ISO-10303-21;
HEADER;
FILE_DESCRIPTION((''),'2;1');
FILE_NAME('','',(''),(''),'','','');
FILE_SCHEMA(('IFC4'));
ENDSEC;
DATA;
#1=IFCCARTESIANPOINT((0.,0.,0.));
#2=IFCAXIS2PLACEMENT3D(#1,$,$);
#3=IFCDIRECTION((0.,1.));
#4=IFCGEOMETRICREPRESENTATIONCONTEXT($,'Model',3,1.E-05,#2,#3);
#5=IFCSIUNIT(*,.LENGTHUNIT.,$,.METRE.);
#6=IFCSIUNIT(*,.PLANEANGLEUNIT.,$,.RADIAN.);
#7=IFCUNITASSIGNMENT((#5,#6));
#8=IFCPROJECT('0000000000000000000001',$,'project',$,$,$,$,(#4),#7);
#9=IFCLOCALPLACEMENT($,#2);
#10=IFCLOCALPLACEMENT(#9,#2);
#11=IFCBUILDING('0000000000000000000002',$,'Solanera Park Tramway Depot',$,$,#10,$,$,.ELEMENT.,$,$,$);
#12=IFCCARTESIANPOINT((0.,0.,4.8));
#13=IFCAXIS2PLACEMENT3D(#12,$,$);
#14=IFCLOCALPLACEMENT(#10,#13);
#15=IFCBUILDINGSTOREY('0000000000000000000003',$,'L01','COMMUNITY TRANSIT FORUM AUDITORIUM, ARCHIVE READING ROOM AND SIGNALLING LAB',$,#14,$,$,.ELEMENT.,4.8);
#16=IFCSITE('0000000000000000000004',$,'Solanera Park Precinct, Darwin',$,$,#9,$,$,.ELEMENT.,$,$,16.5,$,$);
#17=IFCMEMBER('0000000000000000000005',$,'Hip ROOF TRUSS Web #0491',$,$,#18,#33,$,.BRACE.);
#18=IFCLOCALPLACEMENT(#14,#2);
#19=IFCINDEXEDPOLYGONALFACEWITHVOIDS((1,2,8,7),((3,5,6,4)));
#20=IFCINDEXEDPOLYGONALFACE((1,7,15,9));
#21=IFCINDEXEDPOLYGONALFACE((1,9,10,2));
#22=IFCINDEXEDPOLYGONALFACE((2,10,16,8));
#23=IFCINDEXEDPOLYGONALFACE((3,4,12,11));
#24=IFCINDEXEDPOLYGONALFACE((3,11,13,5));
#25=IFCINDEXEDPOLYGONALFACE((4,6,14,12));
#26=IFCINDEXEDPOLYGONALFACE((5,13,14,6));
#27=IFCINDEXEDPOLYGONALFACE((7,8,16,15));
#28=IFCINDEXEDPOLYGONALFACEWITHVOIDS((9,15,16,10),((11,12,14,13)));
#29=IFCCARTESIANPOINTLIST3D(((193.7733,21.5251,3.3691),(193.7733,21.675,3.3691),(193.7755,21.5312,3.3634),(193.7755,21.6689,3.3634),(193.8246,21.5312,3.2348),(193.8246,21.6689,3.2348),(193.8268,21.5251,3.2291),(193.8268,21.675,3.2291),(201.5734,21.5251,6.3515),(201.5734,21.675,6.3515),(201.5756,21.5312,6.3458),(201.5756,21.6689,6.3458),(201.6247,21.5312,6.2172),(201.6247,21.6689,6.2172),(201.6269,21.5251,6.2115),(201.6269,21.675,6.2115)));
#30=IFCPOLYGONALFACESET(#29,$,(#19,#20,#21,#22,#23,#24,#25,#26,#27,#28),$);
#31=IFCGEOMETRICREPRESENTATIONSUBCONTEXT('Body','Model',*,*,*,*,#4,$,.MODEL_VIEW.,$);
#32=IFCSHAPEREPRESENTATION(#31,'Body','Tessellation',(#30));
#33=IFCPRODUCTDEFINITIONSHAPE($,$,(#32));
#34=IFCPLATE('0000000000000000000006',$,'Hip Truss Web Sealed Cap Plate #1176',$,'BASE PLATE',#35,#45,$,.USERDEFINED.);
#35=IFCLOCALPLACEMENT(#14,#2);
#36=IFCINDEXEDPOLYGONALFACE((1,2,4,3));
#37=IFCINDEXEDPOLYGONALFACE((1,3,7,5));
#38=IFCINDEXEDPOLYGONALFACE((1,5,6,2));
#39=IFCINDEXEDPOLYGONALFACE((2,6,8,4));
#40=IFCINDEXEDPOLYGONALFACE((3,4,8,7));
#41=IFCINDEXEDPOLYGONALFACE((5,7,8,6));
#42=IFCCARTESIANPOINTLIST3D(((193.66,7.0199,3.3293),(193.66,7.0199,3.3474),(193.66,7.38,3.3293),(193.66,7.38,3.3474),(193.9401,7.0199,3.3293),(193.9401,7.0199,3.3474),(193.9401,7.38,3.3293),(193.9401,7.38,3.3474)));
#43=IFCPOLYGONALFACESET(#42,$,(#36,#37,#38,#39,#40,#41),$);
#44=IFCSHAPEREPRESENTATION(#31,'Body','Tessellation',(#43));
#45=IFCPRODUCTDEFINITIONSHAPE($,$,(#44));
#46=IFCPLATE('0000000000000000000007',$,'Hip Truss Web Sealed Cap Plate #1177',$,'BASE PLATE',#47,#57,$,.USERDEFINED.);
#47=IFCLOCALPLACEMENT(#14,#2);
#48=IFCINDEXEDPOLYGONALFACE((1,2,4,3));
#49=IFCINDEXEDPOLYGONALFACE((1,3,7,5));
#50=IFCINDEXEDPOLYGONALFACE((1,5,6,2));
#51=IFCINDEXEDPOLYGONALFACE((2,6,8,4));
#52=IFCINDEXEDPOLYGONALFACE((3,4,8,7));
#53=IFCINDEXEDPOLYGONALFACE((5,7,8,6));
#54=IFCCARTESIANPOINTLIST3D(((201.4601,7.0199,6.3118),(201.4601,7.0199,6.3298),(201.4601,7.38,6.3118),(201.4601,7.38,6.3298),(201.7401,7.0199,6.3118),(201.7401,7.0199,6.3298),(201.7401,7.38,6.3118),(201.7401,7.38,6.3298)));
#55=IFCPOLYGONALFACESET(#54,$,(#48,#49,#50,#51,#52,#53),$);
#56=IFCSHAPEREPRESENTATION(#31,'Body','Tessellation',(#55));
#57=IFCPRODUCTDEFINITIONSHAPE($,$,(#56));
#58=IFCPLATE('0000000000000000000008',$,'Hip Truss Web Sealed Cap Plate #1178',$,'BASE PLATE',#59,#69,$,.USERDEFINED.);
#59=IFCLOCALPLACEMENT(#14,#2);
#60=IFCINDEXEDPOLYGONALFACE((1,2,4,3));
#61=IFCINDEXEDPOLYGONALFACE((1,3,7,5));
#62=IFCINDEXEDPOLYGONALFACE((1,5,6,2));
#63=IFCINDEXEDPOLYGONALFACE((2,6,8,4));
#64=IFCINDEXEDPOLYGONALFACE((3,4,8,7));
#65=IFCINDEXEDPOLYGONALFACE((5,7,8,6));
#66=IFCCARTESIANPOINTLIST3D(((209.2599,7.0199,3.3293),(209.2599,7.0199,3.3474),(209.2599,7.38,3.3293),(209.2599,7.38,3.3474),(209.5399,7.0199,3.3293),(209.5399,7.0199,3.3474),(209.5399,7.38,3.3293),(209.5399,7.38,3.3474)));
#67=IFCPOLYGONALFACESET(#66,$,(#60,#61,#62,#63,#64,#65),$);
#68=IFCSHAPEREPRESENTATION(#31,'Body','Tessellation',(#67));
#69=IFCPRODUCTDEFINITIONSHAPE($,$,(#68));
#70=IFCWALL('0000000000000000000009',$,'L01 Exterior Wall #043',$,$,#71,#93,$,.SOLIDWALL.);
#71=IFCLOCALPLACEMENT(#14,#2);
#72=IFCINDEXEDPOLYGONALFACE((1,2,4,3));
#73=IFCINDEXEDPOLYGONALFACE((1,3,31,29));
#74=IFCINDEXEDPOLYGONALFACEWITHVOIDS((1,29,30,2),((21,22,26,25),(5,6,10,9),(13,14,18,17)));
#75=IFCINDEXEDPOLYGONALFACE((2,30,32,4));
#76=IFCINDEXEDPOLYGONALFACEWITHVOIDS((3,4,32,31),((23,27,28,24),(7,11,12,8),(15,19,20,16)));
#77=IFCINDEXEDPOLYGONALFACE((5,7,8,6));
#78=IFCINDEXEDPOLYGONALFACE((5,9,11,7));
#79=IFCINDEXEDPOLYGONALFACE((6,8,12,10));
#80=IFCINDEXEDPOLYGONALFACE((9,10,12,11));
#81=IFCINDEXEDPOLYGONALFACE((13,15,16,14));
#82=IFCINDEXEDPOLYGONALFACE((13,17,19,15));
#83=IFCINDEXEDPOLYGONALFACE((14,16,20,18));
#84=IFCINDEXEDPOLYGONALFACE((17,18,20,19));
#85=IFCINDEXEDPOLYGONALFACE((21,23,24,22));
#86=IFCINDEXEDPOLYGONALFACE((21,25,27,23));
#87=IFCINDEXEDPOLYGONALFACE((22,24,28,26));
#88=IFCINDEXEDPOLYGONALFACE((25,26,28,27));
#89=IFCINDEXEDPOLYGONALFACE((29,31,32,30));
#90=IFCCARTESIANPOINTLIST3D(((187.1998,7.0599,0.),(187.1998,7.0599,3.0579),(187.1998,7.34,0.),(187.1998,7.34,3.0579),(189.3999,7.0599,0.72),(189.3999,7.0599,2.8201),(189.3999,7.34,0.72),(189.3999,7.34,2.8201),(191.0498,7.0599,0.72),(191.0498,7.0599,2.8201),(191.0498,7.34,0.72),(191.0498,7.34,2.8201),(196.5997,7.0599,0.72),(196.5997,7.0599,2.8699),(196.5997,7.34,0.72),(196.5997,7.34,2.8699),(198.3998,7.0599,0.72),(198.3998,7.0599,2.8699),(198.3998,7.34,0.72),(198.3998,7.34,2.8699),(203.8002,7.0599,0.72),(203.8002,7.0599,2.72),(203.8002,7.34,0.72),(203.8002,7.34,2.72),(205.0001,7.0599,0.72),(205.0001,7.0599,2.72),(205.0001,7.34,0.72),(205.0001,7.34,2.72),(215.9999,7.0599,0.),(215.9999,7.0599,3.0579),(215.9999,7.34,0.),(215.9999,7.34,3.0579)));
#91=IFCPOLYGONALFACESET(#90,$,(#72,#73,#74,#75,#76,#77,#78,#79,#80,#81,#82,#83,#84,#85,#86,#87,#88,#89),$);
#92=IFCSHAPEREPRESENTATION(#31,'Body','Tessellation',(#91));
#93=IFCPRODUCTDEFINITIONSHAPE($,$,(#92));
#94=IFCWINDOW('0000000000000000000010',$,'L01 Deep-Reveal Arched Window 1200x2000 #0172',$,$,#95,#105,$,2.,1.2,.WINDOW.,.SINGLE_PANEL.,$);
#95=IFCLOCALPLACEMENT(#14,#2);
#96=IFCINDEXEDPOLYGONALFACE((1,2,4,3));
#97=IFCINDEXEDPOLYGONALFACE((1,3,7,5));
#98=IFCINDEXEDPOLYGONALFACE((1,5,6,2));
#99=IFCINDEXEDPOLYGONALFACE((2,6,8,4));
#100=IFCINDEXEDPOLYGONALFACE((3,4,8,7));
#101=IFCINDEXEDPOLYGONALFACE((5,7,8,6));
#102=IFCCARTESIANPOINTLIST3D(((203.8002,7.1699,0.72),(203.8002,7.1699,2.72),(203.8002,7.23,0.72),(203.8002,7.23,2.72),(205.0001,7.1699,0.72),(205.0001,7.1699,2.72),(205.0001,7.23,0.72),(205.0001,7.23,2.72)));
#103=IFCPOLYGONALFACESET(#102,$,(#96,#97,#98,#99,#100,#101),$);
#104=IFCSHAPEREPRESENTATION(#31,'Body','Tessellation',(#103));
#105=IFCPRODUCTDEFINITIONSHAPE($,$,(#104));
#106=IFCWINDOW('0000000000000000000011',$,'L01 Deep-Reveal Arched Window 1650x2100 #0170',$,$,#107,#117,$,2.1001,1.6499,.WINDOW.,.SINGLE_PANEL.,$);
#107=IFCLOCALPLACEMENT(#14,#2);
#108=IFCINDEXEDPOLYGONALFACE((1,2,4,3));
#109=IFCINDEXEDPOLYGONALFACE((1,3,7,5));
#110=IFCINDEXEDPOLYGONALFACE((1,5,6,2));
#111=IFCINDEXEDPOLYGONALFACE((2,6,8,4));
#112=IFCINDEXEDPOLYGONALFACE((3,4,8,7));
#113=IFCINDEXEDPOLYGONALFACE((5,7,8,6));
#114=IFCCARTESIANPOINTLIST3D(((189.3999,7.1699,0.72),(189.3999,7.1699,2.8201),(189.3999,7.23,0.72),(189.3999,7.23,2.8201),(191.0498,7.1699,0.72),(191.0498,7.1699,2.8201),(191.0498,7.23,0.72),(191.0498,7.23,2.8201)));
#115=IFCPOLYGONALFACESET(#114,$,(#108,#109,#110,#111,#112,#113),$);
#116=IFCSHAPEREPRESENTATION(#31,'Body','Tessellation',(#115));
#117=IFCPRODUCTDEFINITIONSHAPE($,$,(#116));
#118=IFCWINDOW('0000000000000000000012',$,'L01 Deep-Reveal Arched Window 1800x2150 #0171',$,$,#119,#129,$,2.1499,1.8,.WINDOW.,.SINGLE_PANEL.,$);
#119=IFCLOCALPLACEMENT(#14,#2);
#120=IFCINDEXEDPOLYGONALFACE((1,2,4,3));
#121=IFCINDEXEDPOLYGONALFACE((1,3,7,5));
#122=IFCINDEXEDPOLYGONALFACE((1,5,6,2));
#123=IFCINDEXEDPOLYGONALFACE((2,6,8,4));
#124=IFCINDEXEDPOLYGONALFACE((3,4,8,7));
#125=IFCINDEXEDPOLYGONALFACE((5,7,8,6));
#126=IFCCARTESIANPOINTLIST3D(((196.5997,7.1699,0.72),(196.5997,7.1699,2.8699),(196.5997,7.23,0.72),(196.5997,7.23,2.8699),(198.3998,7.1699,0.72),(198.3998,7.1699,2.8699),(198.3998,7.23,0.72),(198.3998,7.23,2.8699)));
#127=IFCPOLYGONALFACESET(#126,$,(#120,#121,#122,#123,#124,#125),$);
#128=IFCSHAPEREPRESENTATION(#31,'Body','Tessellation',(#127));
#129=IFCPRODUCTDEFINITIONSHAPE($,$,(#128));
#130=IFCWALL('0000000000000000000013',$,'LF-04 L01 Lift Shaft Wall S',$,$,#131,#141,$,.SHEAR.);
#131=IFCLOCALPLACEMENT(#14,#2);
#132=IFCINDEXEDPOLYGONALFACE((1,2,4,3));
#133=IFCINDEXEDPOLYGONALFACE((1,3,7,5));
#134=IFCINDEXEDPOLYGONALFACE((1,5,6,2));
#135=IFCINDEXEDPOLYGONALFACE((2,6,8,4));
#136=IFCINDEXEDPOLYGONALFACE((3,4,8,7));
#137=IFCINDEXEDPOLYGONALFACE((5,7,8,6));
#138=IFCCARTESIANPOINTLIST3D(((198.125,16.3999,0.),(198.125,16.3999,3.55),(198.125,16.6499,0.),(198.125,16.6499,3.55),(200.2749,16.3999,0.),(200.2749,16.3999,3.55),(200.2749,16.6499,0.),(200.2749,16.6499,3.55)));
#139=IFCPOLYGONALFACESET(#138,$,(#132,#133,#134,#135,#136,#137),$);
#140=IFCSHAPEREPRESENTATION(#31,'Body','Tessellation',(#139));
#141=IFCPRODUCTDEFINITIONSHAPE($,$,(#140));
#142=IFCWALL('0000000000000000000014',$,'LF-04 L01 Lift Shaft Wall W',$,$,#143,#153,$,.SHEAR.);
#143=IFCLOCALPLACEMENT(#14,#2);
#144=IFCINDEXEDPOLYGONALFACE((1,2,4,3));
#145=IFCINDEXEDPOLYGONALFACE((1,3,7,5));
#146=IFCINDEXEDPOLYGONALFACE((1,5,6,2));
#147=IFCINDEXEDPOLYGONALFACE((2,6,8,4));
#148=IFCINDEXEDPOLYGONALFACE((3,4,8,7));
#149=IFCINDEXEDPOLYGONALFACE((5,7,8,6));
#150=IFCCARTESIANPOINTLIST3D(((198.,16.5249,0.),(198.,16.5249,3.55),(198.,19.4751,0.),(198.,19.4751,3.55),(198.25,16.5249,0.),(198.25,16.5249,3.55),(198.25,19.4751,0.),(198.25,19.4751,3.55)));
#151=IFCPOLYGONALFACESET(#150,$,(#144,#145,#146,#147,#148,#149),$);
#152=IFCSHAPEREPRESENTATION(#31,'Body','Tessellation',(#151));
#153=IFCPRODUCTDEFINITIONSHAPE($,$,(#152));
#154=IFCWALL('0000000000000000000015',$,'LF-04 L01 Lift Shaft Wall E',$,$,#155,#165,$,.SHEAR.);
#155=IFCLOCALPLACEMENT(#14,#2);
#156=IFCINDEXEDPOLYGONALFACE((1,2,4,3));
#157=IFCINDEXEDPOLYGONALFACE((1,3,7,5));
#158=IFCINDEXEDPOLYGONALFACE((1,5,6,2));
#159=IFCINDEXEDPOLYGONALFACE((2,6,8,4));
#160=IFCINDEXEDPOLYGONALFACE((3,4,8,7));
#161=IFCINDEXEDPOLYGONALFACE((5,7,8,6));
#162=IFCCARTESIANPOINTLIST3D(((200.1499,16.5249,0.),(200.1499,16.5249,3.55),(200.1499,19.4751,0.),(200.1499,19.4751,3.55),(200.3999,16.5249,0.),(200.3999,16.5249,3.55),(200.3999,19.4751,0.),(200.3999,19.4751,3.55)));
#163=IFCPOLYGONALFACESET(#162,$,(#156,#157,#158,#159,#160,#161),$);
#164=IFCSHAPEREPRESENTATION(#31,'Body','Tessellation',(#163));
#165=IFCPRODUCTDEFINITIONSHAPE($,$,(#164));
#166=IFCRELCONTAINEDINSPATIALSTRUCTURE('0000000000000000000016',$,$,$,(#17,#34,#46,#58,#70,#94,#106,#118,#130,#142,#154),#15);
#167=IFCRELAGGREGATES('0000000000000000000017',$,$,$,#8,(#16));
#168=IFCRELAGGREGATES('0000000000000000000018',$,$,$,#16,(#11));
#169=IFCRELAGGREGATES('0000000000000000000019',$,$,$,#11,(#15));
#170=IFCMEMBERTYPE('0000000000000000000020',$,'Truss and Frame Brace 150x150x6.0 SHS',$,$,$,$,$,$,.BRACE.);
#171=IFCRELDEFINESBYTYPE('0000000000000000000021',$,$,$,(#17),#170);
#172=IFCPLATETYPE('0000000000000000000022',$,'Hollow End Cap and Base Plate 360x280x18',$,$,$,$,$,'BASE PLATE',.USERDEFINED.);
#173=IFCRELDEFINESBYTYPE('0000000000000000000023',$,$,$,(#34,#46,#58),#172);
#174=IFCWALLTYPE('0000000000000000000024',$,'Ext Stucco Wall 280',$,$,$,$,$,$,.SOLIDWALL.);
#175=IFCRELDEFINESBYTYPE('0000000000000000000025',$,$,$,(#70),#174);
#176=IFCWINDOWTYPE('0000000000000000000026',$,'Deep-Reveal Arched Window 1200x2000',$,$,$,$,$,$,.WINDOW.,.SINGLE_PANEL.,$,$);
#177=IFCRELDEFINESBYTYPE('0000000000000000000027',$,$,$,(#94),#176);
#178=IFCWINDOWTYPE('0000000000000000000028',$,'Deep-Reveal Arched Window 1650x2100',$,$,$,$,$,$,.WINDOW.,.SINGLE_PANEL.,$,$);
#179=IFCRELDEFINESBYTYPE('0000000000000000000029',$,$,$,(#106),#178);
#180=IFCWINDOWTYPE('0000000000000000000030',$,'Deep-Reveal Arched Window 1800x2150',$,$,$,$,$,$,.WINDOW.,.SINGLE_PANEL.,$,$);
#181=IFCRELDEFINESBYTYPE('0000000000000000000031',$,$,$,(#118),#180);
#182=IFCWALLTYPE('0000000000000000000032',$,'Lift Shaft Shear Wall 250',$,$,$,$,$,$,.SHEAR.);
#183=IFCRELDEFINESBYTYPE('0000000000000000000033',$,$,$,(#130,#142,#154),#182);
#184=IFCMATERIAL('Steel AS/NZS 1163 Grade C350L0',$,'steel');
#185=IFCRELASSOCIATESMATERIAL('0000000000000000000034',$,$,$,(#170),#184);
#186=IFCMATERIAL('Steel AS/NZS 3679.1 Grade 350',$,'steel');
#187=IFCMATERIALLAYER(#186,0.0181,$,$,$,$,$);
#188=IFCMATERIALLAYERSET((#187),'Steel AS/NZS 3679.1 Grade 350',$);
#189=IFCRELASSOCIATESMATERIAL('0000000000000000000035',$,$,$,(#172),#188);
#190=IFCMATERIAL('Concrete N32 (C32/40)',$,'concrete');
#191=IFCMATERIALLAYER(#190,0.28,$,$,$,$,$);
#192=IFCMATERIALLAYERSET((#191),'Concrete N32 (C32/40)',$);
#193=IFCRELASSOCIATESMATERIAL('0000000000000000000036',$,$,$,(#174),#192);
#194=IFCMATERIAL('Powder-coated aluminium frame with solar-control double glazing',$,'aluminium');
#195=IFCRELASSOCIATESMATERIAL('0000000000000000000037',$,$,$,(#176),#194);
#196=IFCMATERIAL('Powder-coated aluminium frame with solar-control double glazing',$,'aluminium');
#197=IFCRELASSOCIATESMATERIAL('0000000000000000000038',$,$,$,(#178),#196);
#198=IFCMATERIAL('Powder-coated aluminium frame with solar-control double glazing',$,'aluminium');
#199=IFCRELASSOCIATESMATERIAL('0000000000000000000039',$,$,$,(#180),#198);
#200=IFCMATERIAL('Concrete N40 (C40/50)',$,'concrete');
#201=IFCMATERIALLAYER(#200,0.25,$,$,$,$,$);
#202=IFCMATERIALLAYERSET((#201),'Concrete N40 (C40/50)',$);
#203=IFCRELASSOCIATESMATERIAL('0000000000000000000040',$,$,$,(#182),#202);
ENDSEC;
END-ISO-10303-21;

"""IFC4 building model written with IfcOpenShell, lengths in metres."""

from ifc_helpers import new_model, si_unit, direction, frame, frame_2d, origin, origin_2d, place, context, subcontext, project, spatial, rectangle, hollow_rectangle, extrude, material, layer, layer_set, material_profile, profile_set, type_object, element, fill, save


model = new_model("IFC4")

# Units and contexts
model_context = context("Model", 3, precision=1e-05, world=origin(), true_north=direction((0.0, 1.0)))
body_context = subcontext(model_context, "Body", "Model", "MODEL_VIEW")
ifc_project = project(units=[si_unit("LENGTHUNIT", "METRE"), si_unit("PLANEANGLEUNIT", "RADIAN")], contexts=[model_context])

# Site, building, storey
site_placement = place(None, origin())
site = spatial("IfcSite", under=ifc_project, at=site_placement, Name="Solanera Park Precinct, Darwin", CompositionType="ELEMENT", RefElevation=16.5)
building_placement = place(site_placement, origin())
building = spatial("IfcBuilding", under=site, at=building_placement, Name="Solanera Park Tramway Depot", CompositionType="ELEMENT")
storey_placement = place(building_placement, frame((0.0, 0.0, 4.8)))
storey = spatial("IfcBuildingStorey", under=building, at=storey_placement, Name="L01", Description="COMMUNITY TRANSIT FORUM AUDITORIUM, ARCHIVE READING ROOM AND SIGNALLING LAB", CompositionType="ELEMENT", Elevation=4.8)

# Member
ifc_material_1 = material(Name="Steel AS/NZS 1163 Grade C350L0", Category="steel")
ifc_material_profile_1 = material_profile(ifc_material_1, hollow_rectangle(XDim=0.1499, YDim=0.1499, WallThickness=0.0061, at=origin_2d()), Name="150x150x6.0 SHS")
ifc_profile_set_1 = profile_set([ifc_material_profile_1], Name="Steel AS/NZS 1163 Grade C350L0")
member_type_1 = type_object("IfcMemberType", Name="Truss and Frame Brace 150x150x6.0 SHS", PredefinedType="BRACE", material=ifc_profile_set_1)
member_1_placement = place(storey_placement, frame((193.8, 21.6001, 3.2991), z_axis=(0.93405, 0.0, 0.357143), x_axis=(0.0, 1.0, 0.0)))
element("IfcMember", 1, at=member_1_placement, inside=storey, type_object=member_type_1, Name="Hip ROOF TRUSS Web #0491", PredefinedType="BRACE", context=body_context, shape_type="SweptSolid", body=[
    extrude(hollow_rectangle(XDim=0.1499, YDim=0.1499, WallThickness=0.0061, at=origin_2d()), origin(), (0.0, 0.0, 1.0), 8.3508),
])

# Plates
ifc_material_2 = material(Name="Steel AS/NZS 3679.1 Grade 350", Category="steel")
ifc_layer_1 = layer(ifc_material_2, 0.0181)
ifc_layer_set_1 = layer_set([ifc_layer_1], Name="Steel AS/NZS 3679.1 Grade 350")
plate_type = type_object("IfcPlateType", Name="Hollow End Cap and Base Plate 360x280x18", ElementType="BASE PLATE", PredefinedType="USERDEFINED", material=ifc_layer_set_1)
for number, where, z_axis, x_axis, name in (
    (2, (193.8, 7.2, 3.3293), (0.0, 0.0, 1.0), (1.0, 0.0, 0.0), "Hip Truss Web Sealed Cap Plate #1176"),
    (3, (201.6001, 7.2, 6.3118), (0.0, 0.0, 1.0), (1.0, 0.0, 0.0), "Hip Truss Web Sealed Cap Plate #1177"),
    (4, (209.3999, 7.2, 3.3293), (0.0, 0.0, 1.0), (1.0, 0.0, 0.0), "Hip Truss Web Sealed Cap Plate #1178"),
):
    element("IfcPlate", number, at=place(storey_placement, frame(where, z_axis=z_axis, x_axis=x_axis)), inside=storey, type_object=plate_type, Name=name, ObjectType="BASE PLATE", PredefinedType="USERDEFINED", context=body_context, shape_type="SweptSolid", body=[
        extrude(rectangle(XDim=0.28, YDim=0.3601, at=origin_2d()), origin(), (0.0, 0.0, 1.0), 0.0181),
    ])

# Wall, openings, windows
ifc_material_3 = material(Name="Concrete N32 (C32/40)", Category="concrete")
ifc_layer_2 = layer(ifc_material_3, 0.28)
ifc_layer_set_2 = layer_set([ifc_layer_2], Name="Concrete N32 (C32/40)")
wall_type_1 = type_object("IfcWallType", Name="Ext Stucco Wall 280", PredefinedType="SOLIDWALL", material=ifc_layer_set_2)
wall_1_placement = place(storey_placement, frame((187.2, 7.2, 0.0), z_axis=(0.0, 0.0, 1.0), x_axis=(1.0, 0.0, 0.0)))
wall_1 = element("IfcWall", 5, at=wall_1_placement, inside=storey, type_object=wall_type_1, Name="L01 Exterior Wall #043", PredefinedType="SOLIDWALL", context=body_context, shape_type="SweptSolid", body=[
    extrude(rectangle(XDim=28.8, YDim=0.28, at=frame_2d((14.3999, 0.0))), origin(), (0.0, 0.0, 1.0), 3.0579),
])
opening_1_placement = place(wall_1_placement, frame((2.2, 0.0, 0.72)))
opening_1 = element("IfcOpeningElement", 6, at=opening_1_placement, cuts=wall_1, PredefinedType="OPENING", context=body_context, shape_type="SweptSolid", body=[
    extrude(rectangle(XDim=1.6499, YDim=2.1001, at=frame_2d((0.825, 1.05))), frame((0.0, 0.1499, 0.0), z_axis=(0.0, -1.0, 0.0), x_axis=(1.0, 0.0, 0.0)), (0.0, 0.0, 1.0), 0.3),
])
opening_2_placement = place(wall_1_placement, frame((9.3999, 0.0, 0.72)))
opening_2 = element("IfcOpeningElement", 7, at=opening_2_placement, cuts=wall_1, PredefinedType="OPENING", context=body_context, shape_type="SweptSolid", body=[
    extrude(rectangle(XDim=1.8, YDim=2.1499, at=frame_2d((0.8999, 1.075))), frame((0.0, 0.1499, 0.0), z_axis=(0.0, -1.0, 0.0), x_axis=(1.0, 0.0, 0.0)), (0.0, 0.0, 1.0), 0.3),
])
opening_3_placement = place(wall_1_placement, frame((16.6001, 0.0, 0.72)))
opening_3 = element("IfcOpeningElement", 8, at=opening_3_placement, cuts=wall_1, PredefinedType="OPENING", context=body_context, shape_type="SweptSolid", body=[
    extrude(rectangle(XDim=1.2, YDim=2.0, at=frame_2d((0.6001, 1.0))), frame((0.0, 0.1499, 0.0), z_axis=(0.0, -1.0, 0.0), x_axis=(1.0, 0.0, 0.0)), (0.0, 0.0, 1.0), 0.3),
])
ifc_material_4 = material(Name="Powder-coated aluminium frame with solar-control double glazing", Category="aluminium")
window_type_1 = type_object("IfcWindowType", Name="Deep-Reveal Arched Window 1200x2000", PartitioningType="SINGLE_PANEL", PredefinedType="WINDOW", material=ifc_material_4)
window_1_placement = place(opening_3_placement, origin())
window_1 = element("IfcWindow", 9, at=window_1_placement, inside=storey, type_object=window_type_1, Name="L01 Deep-Reveal Arched Window 1200x2000 #0172", OverallHeight=2.0, OverallWidth=1.2, PartitioningType="SINGLE_PANEL", PredefinedType="WINDOW", context=body_context, shape_type="SweptSolid", body=[
    extrude(rectangle(XDim=1.2, YDim=2.0, at=frame_2d((0.6001, 1.0))), frame((0.0, 0.03, 0.0), z_axis=(0.0, -1.0, 0.0), x_axis=(1.0, 0.0, 0.0)), (0.0, 0.0, 1.0), 0.0601),
])
fill(opening_3, window_1)
ifc_material_5 = material(Name="Powder-coated aluminium frame with solar-control double glazing", Category="aluminium")
window_type_2 = type_object("IfcWindowType", Name="Deep-Reveal Arched Window 1650x2100", PartitioningType="SINGLE_PANEL", PredefinedType="WINDOW", material=ifc_material_5)
window_2_placement = place(opening_1_placement, origin())
window_2 = element("IfcWindow", 10, at=window_2_placement, inside=storey, type_object=window_type_2, Name="L01 Deep-Reveal Arched Window 1650x2100 #0170", OverallHeight=2.1001, OverallWidth=1.6499, PartitioningType="SINGLE_PANEL", PredefinedType="WINDOW", context=body_context, shape_type="SweptSolid", body=[
    extrude(rectangle(XDim=1.6499, YDim=2.1001, at=frame_2d((0.825, 1.05))), frame((0.0, 0.03, 0.0), z_axis=(0.0, -1.0, 0.0), x_axis=(1.0, 0.0, 0.0)), (0.0, 0.0, 1.0), 0.0601),
])
fill(opening_1, window_2)
ifc_material_6 = material(Name="Powder-coated aluminium frame with solar-control double glazing", Category="aluminium")
window_type_3 = type_object("IfcWindowType", Name="Deep-Reveal Arched Window 1800x2150", PartitioningType="SINGLE_PANEL", PredefinedType="WINDOW", material=ifc_material_6)
window_3_placement = place(opening_2_placement, origin())
window_3 = element("IfcWindow", 11, at=window_3_placement, inside=storey, type_object=window_type_3, Name="L01 Deep-Reveal Arched Window 1800x2150 #0171", OverallHeight=2.1499, OverallWidth=1.8, PartitioningType="SINGLE_PANEL", PredefinedType="WINDOW", context=body_context, shape_type="SweptSolid", body=[
    extrude(rectangle(XDim=1.8, YDim=2.1499, at=frame_2d((0.8999, 1.075))), frame((0.0, 0.03, 0.0), z_axis=(0.0, -1.0, 0.0), x_axis=(1.0, 0.0, 0.0)), (0.0, 0.0, 1.0), 0.0601),
])
fill(opening_2, window_3)

# Wall
ifc_material_7 = material(Name="Concrete N40 (C40/50)", Category="concrete")
ifc_layer_3 = layer(ifc_material_7, 0.25)
ifc_layer_set_3 = layer_set([ifc_layer_3], Name="Concrete N40 (C40/50)")
wall_type_2 = type_object("IfcWallType", Name="Lift Shaft Shear Wall 250", PredefinedType="SHEAR", material=ifc_layer_set_3)
wall_2_placement = place(storey_placement, frame((198.125, 16.5249, 0.0), z_axis=(0.0, 0.0, 1.0), x_axis=(1.0, 0.0, 0.0)))
element("IfcWall", 12, at=wall_2_placement, inside=storey, type_object=wall_type_2, Name="LF-04 L01 Lift Shaft Wall S", PredefinedType="SHEAR", context=body_context, shape_type="SweptSolid", body=[
    extrude(rectangle(XDim=2.1499, YDim=0.25, at=frame_2d((1.075, 0.0))), origin(), (0.0, 0.0, 1.0), 3.55),
])

# Walls
for number, where, z_axis, x_axis, name in (
    (13, (198.125, 19.4751, 0.0), (0.0, 0.0, 1.0), (0.0, -1.0, 0.0), "LF-04 L01 Lift Shaft Wall W"),
    (14, (200.2749, 16.5249, 0.0), (0.0, 0.0, 1.0), (0.0, 1.0, 0.0), "LF-04 L01 Lift Shaft Wall E"),
):
    element("IfcWall", number, at=place(storey_placement, frame(where, z_axis=z_axis, x_axis=x_axis)), inside=storey, type_object=wall_type_2, Name=name, PredefinedType="SHEAR", context=body_context, shape_type="SweptSolid", body=[
        extrude(rectangle(XDim=2.9502, YDim=0.25, at=frame_2d((1.4751, 0.0))), origin(), (0.0, 0.0, 1.0), 3.55),
    ])

save(model, "model.ifc")
